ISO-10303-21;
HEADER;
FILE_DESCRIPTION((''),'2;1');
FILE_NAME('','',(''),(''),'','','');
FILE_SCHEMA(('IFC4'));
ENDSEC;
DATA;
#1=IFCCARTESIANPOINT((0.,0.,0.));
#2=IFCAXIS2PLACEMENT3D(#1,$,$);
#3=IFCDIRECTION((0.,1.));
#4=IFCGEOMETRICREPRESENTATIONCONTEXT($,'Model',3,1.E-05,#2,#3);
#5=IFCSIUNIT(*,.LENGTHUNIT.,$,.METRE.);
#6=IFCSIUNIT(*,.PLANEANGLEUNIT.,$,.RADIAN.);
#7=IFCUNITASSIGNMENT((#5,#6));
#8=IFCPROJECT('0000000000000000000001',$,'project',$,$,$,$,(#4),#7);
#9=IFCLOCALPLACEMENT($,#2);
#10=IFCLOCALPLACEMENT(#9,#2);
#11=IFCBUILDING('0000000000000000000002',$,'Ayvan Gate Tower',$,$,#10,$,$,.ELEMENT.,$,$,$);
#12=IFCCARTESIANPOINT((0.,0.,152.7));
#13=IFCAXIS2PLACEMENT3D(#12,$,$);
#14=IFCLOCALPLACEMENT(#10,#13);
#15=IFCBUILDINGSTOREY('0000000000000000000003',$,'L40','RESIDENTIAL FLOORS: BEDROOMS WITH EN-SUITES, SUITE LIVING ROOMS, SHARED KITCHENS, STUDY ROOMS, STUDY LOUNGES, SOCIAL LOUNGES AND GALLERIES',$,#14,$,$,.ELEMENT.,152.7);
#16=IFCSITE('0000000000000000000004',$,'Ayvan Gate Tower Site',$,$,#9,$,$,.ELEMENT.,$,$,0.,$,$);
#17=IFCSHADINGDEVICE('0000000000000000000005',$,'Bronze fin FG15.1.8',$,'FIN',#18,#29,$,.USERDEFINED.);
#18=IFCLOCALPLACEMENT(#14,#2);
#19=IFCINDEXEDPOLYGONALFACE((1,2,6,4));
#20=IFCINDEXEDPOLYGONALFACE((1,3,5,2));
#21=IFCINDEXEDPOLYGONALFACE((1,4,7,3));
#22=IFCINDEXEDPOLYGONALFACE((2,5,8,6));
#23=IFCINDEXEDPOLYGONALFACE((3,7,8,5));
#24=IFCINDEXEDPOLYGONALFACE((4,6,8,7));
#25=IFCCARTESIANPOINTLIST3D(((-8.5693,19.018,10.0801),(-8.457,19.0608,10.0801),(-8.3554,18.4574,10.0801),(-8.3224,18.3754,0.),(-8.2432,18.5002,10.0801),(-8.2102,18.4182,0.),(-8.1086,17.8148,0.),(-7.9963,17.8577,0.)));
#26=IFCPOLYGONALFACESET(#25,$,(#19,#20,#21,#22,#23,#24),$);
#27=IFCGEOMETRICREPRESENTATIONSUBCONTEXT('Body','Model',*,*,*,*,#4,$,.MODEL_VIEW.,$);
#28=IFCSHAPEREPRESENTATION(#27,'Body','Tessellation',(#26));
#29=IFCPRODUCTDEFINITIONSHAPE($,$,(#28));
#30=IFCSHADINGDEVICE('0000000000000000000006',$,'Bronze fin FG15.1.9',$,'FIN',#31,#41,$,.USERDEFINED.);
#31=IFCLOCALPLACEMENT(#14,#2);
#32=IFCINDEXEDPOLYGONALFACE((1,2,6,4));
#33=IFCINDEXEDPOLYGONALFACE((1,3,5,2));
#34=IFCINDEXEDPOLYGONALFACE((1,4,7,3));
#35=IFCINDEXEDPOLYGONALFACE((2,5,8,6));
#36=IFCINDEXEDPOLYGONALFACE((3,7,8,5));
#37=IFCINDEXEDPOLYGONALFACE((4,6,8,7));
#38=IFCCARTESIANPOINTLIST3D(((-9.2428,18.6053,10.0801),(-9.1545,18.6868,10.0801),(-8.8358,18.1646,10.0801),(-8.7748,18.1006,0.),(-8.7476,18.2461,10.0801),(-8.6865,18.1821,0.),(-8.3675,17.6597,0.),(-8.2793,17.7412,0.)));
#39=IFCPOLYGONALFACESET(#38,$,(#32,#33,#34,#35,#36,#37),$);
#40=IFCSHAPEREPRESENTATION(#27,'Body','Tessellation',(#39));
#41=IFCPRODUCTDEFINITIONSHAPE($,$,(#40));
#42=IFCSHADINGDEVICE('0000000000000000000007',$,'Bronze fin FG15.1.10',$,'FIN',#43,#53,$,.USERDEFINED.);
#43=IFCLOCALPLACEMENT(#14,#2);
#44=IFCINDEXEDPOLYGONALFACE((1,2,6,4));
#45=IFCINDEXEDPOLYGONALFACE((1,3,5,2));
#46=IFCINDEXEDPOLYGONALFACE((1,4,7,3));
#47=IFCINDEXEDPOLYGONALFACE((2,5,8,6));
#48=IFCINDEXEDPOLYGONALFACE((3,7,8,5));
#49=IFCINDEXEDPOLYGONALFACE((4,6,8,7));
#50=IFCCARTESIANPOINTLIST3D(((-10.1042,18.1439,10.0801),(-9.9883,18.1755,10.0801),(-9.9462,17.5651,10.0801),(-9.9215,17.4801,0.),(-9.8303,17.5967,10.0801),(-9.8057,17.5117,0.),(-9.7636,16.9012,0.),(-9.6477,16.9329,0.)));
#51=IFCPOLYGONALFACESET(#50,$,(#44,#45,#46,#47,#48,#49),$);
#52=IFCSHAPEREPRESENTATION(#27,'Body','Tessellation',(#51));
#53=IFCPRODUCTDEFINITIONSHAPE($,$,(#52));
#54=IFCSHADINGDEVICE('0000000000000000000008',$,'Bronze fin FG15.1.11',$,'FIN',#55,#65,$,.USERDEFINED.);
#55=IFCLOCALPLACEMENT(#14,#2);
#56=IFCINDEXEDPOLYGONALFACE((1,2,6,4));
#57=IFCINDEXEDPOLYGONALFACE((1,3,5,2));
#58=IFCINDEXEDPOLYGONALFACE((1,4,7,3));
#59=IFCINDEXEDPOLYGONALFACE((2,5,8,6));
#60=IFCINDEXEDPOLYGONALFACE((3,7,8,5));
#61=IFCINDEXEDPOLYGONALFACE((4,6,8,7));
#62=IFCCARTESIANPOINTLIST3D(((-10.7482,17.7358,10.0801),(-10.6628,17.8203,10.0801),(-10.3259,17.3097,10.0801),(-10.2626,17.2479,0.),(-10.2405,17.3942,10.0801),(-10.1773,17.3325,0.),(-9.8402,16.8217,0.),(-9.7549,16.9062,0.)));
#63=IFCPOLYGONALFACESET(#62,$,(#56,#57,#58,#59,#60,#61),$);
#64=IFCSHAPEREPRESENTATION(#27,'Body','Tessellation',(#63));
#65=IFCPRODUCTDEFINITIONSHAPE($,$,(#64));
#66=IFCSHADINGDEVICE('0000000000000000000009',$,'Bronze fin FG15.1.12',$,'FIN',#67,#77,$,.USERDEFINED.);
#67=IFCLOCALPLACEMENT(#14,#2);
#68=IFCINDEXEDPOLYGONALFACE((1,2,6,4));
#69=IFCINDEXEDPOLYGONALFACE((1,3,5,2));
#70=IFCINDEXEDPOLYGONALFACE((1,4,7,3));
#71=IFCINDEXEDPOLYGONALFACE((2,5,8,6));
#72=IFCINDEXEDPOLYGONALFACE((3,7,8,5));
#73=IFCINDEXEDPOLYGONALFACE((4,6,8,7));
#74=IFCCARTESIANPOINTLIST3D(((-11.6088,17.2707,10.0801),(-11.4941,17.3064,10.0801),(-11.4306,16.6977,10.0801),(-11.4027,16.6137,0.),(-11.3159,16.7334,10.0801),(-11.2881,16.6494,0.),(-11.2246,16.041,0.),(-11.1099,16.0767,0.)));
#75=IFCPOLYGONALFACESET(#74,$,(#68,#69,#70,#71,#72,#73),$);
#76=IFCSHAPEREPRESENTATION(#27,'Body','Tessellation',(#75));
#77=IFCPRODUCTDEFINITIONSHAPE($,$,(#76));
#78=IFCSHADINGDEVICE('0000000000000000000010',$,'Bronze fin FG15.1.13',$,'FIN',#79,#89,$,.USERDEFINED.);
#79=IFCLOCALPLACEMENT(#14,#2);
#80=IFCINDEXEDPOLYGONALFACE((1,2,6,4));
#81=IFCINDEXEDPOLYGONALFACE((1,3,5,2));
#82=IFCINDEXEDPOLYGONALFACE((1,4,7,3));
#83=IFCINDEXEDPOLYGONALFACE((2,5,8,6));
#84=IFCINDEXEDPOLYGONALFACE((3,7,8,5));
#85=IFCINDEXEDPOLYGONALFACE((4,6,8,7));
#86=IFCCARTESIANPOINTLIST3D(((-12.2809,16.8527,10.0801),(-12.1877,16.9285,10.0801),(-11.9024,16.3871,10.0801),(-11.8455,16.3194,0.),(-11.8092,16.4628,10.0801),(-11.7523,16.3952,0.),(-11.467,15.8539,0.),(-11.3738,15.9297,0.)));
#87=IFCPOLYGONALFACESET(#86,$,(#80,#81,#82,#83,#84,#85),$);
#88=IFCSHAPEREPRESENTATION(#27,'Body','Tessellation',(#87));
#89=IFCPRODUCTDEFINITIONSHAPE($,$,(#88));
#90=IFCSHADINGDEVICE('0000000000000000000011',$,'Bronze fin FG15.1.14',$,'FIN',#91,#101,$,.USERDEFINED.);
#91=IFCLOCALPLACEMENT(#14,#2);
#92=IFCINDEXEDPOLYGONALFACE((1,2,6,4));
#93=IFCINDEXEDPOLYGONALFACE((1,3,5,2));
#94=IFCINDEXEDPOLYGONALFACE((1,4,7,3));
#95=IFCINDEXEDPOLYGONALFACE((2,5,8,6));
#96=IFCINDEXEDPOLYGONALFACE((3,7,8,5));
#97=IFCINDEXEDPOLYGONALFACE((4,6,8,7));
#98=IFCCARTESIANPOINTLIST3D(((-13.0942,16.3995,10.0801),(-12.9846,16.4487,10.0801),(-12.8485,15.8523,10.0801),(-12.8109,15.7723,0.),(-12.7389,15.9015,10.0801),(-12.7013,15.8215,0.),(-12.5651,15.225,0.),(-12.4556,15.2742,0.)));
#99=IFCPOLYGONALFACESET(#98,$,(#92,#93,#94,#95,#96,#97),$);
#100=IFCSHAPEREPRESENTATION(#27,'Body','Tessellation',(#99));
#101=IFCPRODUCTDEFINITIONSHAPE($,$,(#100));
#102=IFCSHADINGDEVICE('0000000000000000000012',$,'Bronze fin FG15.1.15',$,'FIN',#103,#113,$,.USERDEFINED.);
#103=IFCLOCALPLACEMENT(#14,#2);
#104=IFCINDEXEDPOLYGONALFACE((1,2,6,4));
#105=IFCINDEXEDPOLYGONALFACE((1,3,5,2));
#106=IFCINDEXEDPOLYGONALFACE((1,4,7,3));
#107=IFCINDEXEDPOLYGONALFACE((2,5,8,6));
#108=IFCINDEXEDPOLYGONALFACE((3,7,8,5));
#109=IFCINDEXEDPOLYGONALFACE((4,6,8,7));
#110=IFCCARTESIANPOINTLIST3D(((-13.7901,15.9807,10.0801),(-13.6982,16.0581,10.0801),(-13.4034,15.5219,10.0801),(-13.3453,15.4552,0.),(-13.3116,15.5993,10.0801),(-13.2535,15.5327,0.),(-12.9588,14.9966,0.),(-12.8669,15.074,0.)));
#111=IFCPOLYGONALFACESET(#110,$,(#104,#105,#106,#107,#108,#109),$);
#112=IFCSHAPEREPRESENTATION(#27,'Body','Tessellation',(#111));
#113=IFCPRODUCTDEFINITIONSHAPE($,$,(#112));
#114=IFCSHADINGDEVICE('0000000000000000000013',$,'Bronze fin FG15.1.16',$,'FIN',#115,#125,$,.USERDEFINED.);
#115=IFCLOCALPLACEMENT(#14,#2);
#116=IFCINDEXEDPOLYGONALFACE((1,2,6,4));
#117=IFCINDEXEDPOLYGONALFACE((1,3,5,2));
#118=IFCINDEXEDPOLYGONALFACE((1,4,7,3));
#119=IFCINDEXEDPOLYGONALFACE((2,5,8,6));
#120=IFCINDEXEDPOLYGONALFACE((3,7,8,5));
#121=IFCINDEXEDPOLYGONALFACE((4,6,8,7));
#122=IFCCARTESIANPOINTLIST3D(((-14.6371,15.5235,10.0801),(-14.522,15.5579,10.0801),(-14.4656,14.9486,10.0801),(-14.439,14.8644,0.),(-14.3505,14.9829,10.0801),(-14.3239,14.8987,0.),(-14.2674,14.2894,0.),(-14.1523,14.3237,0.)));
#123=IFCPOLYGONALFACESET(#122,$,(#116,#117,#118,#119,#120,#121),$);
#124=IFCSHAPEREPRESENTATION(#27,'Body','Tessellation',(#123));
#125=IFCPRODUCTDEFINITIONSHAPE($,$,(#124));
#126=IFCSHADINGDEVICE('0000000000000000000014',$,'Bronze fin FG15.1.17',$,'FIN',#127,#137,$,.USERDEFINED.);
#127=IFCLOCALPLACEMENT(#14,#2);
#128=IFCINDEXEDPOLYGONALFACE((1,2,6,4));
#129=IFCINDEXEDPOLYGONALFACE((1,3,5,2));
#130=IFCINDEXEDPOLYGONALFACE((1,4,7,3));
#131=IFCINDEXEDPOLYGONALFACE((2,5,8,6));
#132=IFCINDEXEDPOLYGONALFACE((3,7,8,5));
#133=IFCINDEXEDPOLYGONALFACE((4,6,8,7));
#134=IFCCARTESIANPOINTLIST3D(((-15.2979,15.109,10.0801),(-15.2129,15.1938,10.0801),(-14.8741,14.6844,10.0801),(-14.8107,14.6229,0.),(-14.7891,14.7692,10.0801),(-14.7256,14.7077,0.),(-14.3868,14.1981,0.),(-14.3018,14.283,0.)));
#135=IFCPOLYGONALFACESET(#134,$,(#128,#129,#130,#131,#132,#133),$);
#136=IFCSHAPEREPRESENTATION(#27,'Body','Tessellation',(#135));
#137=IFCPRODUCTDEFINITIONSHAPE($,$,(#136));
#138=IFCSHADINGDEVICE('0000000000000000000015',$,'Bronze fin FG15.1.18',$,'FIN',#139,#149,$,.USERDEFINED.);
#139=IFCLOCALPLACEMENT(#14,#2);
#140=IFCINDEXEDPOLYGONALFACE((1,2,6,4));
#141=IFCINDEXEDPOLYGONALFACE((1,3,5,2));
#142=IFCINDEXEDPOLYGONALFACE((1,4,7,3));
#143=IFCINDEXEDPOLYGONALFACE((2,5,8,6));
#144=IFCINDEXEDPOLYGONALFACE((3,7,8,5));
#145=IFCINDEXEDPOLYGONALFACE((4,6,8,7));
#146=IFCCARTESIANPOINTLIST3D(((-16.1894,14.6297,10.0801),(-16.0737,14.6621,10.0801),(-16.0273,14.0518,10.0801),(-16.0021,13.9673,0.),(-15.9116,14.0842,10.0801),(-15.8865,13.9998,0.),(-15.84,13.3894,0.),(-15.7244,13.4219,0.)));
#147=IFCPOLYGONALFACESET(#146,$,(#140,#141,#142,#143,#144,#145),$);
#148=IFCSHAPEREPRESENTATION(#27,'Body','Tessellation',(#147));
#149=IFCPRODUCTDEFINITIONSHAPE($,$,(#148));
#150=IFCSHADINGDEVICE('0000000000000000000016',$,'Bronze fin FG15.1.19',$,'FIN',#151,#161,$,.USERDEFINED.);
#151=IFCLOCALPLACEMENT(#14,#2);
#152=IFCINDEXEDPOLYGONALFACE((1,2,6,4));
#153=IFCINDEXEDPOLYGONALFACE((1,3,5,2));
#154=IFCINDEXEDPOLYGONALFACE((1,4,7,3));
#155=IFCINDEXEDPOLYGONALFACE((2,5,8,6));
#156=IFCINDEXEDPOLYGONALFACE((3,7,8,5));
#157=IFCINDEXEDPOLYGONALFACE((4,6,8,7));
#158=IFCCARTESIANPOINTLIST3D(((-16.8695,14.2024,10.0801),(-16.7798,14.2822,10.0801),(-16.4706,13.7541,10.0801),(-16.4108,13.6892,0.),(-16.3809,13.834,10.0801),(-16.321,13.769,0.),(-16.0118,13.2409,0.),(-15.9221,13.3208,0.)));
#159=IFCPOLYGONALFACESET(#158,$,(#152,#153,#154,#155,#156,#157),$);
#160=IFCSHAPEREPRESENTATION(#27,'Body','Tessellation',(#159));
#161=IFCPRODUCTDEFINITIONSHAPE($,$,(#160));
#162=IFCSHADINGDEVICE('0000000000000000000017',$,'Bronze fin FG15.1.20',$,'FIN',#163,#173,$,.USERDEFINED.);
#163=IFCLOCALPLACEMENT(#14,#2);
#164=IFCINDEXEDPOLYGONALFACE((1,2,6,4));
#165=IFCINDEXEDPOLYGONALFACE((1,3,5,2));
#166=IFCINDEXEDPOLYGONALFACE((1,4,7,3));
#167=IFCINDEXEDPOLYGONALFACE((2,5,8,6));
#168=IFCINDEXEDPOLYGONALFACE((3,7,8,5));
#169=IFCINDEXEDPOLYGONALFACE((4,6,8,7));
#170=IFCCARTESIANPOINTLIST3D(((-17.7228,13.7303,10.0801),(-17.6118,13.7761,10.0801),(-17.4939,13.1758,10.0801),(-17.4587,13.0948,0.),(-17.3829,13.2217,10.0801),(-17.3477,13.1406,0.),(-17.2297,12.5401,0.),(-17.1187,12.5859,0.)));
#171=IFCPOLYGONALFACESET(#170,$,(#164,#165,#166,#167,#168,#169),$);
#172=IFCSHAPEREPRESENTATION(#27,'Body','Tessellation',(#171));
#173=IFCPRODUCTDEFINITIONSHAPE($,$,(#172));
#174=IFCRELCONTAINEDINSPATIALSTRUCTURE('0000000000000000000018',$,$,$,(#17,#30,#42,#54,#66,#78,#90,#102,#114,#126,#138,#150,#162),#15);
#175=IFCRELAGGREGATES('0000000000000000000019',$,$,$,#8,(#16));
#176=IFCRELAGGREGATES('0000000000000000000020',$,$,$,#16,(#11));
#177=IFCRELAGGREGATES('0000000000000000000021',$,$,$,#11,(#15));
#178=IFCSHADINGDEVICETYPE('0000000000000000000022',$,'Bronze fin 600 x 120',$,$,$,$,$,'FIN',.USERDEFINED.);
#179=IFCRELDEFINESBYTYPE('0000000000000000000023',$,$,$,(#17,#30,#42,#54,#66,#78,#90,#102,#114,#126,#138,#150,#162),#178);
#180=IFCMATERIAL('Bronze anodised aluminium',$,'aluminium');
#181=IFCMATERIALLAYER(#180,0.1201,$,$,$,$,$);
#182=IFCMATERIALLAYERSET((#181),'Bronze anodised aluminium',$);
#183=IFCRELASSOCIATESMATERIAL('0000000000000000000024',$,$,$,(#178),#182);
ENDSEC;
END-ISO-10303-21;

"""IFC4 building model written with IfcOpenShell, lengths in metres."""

from ifc_helpers import new_model, si_unit, direction, frame, origin, place, context, subcontext, project, spatial, polyline, outline, extrude, material, layer, layer_set, type_object, element, save


model = new_model("IFC4")

# Units and contexts
model_context = context("Model", 3, precision=1e-05, world=origin(), true_north=direction((0.0, 1.0)))
body_context = subcontext(model_context, "Body", "Model", "MODEL_VIEW")
ifc_project = project(units=[si_unit("LENGTHUNIT", "METRE"), si_unit("PLANEANGLEUNIT", "RADIAN")], contexts=[model_context])

# Site, building, storey
site_placement = place(None, origin())
site = spatial("IfcSite", under=ifc_project, at=site_placement, Name="Ayvan Gate Tower Site", CompositionType="ELEMENT", RefElevation=0.0)
building_placement = place(site_placement, origin())
building = spatial("IfcBuilding", under=site, at=building_placement, Name="Ayvan Gate Tower", CompositionType="ELEMENT")
storey_placement = place(building_placement, frame((0.0, 0.0, 152.7)))
storey = spatial("IfcBuildingStorey", under=building, at=storey_placement, Name="L40", Description="RESIDENTIAL FLOORS: BEDROOMS WITH EN-SUITES, SUITE LIVING ROOMS, SHARED KITCHENS, STUDY ROOMS, STUDY LOUNGES, SOCIAL LOUNGES AND GALLERIES", CompositionType="ELEMENT", Elevation=152.7)

# Shared definitions
ifc_material_1 = material(Name="Bronze anodised aluminium", Category="aluminium")

# Shading devices
ifc_layer_1 = layer(ifc_material_1, 0.1201)
ifc_layer_set_1 = layer_set([ifc_layer_1], Name="Bronze anodised aluminium")
shading_device_type = type_object("IfcShadingDeviceType", Name="Bronze fin 600 x 120", ElementType="FIN", PredefinedType="USERDEFINED", material=ifc_layer_set_1)
shading_device_1_placement = place(storey_placement, frame((-7.9963, 17.8577, 0.0), z_axis=(0.934307, 0.356469, 0.000154), x_axis=(-0.356469, 0.934307, 0.0)))
element("IfcShadingDevice", 1, at=shading_device_1_placement, inside=storey, type_object=shading_device_type, Name="Bronze fin FG15.1.8", ObjectType="FIN", PredefinedType="USERDEFINED", context=body_context, shape_type="SweptSolid", body=[
    extrude(outline(polyline([(0.0, 0.0), (0.6, 0.0), (1.2883, 10.0801), (0.6884, 10.0801), (0.0, 0.0)])), origin(), (0.0, 0.0, -1.0), 0.1201),
])
shading_device_2_placement = place(storey_placement, frame((-8.2793, 17.7412, 0.0), z_axis=(0.734624, 0.678474, 0.000143), x_axis=(-0.678474, 0.734624, 0.0)))
element("IfcShadingDevice", 2, at=shading_device_2_placement, inside=storey, type_object=shading_device_type, Name="Bronze fin FG15.1.9", ObjectType="FIN", PredefinedType="USERDEFINED", context=body_context, shape_type="SweptSolid", body=[
    extrude(outline(polyline([(0.0, 0.0), (0.6002, 0.0), (1.2885, 10.0801), (0.6886, 10.0801), (0.0, 0.0)])), origin(), (0.0, 0.0, -1.0), 0.1201),
])
shading_device_3_placement = place(storey_placement, frame((-9.6477, 16.9329, 0.0), z_axis=(0.964726, 0.263255, 0.000141), x_axis=(-0.263255, 0.964726, 0.0)))
element("IfcShadingDevice", 3, at=shading_device_3_placement, inside=storey, type_object=shading_device_type, Name="Bronze fin FG15.1.10", ObjectType="FIN", PredefinedType="USERDEFINED", context=body_context, shape_type="SweptSolid", body=[
    extrude(outline(polyline([(0.0, 0.0), (0.6, 0.0), (1.2885, 10.0801), (0.6885, 10.0801), (0.0, 0.0)])), origin(), (0.0, 0.0, -1.0), 0.1201),
])
shading_device_4_placement = place(storey_placement, frame((-9.7549, 16.9062, 0.0), z_axis=(0.710253, 0.703946, 0.000142), x_axis=(-0.703946, 0.710253, 0.0)))
element("IfcShadingDevice", 4, at=shading_device_4_placement, inside=storey, type_object=shading_device_type, Name="Bronze fin FG15.1.11", ObjectType="FIN", PredefinedType="USERDEFINED", context=body_context, shape_type="SweptSolid", body=[
    extrude(outline(polyline([(0.0, 0.0), (0.6001, 0.0), (1.2884, 10.0801), (0.6885, 10.0801), (0.0, 0.0)])), origin(), (0.0, 0.0, -1.0), 0.1201),
])
shading_device_5_placement = place(storey_placement, frame((-11.1099, 16.0767, 0.0), z_axis=(0.954859, 0.297058, 0.000161), x_axis=(-0.297058, 0.954859, 0.0)))
element("IfcShadingDevice", 5, at=shading_device_5_placement, inside=storey, type_object=shading_device_type, Name="Bronze fin FG15.1.12", ObjectType="FIN", PredefinedType="USERDEFINED", context=body_context, shape_type="SweptSolid", body=[
    extrude(outline(polyline([(0.0, 0.0), (0.5998, 0.0), (1.2884, 10.0801), (0.6883, 10.0801), (0.0, 0.0)])), origin(), (0.0, 0.0, -1.0), 0.1201),
])
shading_device_6_placement = place(storey_placement, frame((-11.3738, 15.9297, 0.0), z_axis=(0.775902, 0.630853, 0.000146), x_axis=(-0.630853, 0.775902, 0.0)))
element("IfcShadingDevice", 6, at=shading_device_6_placement, inside=storey, type_object=shading_device_type, Name="Bronze fin FG15.1.13", ObjectType="FIN", PredefinedType="USERDEFINED", context=body_context, shape_type="SweptSolid", body=[
    extrude(outline(polyline([(0.0, 0.0), (0.6, 0.0), (1.2884, 10.0801), (0.6883, 10.0801), (0.0, 0.0)])), origin(), (0.0, 0.0, -1.0), 0.1201),
])
shading_device_7_placement = place(storey_placement, frame((-12.4556, 15.2742, 0.0), z_axis=(0.912252, 0.409628, 0.000148), x_axis=(-0.409628, 0.912252, 0.0)))
element("IfcShadingDevice", 7, at=shading_device_7_placement, inside=storey, type_object=shading_device_type, Name="Bronze fin FG15.1.14", ObjectType="FIN", PredefinedType="USERDEFINED", context=body_context, shape_type="SweptSolid", body=[
    extrude(outline(polyline([(0.0, 0.0), (0.5999, 0.0), (1.2882, 10.0801), (0.6884, 10.0801), (0.0, 0.0)])), origin(), (0.0, 0.0, -1.0), 0.1201),
])
shading_device_8_placement = place(storey_placement, frame((-12.8669, 15.074, 0.0), z_axis=(0.764674, 0.644418, 0.000147), x_axis=(-0.644418, 0.764674, 0.0)))
element("IfcShadingDevice", 8, at=shading_device_8_placement, inside=storey, type_object=shading_device_type, Name="Bronze fin FG15.1.15", ObjectType="FIN", PredefinedType="USERDEFINED", context=body_context, shape_type="SweptSolid", body=[
    extrude(outline(polyline([(0.0, 0.0), (0.5998, 0.0), (1.2882, 10.0801), (0.6882, 10.0801), (0.0, 0.0)])), origin(), (0.0, 0.0, -1.0), 0.1201),
])
shading_device_9_placement = place(storey_placement, frame((-14.1523, 14.3237, 0.0), z_axis=(0.958273, 0.285854, 0.000141), x_axis=(-0.285854, 0.958273, 0.0)))
element("IfcShadingDevice", 9, at=shading_device_9_placement, inside=storey, type_object=shading_device_type, Name="Bronze fin FG15.1.16", ObjectType="FIN", PredefinedType="USERDEFINED", context=body_context, shape_type="SweptSolid", body=[
    extrude(outline(polyline([(0.0, 0.0), (0.6, 0.0), (1.2883, 10.0801), (0.6883, 10.0801), (0.0, 0.0)])), origin(), (0.0, 0.0, -1.0), 0.1201),
])
shading_device_10_placement = place(storey_placement, frame((-14.3018, 14.283, 0.0), z_axis=(0.707819, 0.706394, 0.000146), x_axis=(-0.706394, 0.707819, 0.0)))
element("IfcShadingDevice", 10, at=shading_device_10_placement, inside=storey, type_object=shading_device_type, Name="Bronze fin FG15.1.17", ObjectType="FIN", PredefinedType="USERDEFINED", context=body_context, shape_type="SweptSolid", body=[
    extrude(outline(polyline([(0.0, 0.0), (0.6001, 0.0), (1.2884, 10.0801), (0.6885, 10.0801), (0.0, 0.0)])), origin(), (0.0, 0.0, -1.0), 0.1201),
])
shading_device_11_placement = place(storey_placement, frame((-15.7244, 13.4219, 0.0), z_axis=(0.962833, 0.270098, 0.000138), x_axis=(-0.270098, 0.962833, 0.0)))
element("IfcShadingDevice", 11, at=shading_device_11_placement, inside=storey, type_object=shading_device_type, Name="Bronze fin FG15.1.18", ObjectType="FIN", PredefinedType="USERDEFINED", context=body_context, shape_type="SweptSolid", body=[
    extrude(outline(polyline([(0.0, 0.0), (0.6002, 0.0), (1.2885, 10.0801), (0.6883, 10.0801), (0.0, 0.0)])), origin(), (0.0, 0.0, -1.0), 0.1201),
])
shading_device_12_placement = place(storey_placement, frame((-15.9221, 13.3208, 0.0), z_axis=(0.747005, 0.664818, 0.00015), x_axis=(-0.664818, 0.747005, 0.0)))
element("IfcShadingDevice", 12, at=shading_device_12_placement, inside=storey, type_object=shading_device_type, Name="Bronze fin FG15.1.19", ObjectType="FIN", PredefinedType="USERDEFINED", context=body_context, shape_type="SweptSolid", body=[
    extrude(outline(polyline([(0.0, 0.0), (0.6001, 0.0), (1.2884, 10.0801), (0.6883, 10.0801), (0.0, 0.0)])), origin(), (0.0, 0.0, -1.0), 0.1201),
])
shading_device_13_placement = place(storey_placement, frame((-17.1187, 12.5859, 0.0), z_axis=(0.924294, 0.381681, 0.000155), x_axis=(-0.381681, 0.924294, 0.0)))
element("IfcShadingDevice", 13, at=shading_device_13_placement, inside=storey, type_object=shading_device_type, Name="Bronze fin FG15.1.20", ObjectType="FIN", PredefinedType="USERDEFINED", context=body_context, shape_type="SweptSolid", body=[
    extrude(outline(polyline([(0.0, 0.0), (0.6001, 0.0), (1.2883, 10.0801), (0.6884, 10.0801), (0.0, 0.0)])), origin(), (0.0, 0.0, -1.0), 0.1201),
])

save(model, "model.ifc")
